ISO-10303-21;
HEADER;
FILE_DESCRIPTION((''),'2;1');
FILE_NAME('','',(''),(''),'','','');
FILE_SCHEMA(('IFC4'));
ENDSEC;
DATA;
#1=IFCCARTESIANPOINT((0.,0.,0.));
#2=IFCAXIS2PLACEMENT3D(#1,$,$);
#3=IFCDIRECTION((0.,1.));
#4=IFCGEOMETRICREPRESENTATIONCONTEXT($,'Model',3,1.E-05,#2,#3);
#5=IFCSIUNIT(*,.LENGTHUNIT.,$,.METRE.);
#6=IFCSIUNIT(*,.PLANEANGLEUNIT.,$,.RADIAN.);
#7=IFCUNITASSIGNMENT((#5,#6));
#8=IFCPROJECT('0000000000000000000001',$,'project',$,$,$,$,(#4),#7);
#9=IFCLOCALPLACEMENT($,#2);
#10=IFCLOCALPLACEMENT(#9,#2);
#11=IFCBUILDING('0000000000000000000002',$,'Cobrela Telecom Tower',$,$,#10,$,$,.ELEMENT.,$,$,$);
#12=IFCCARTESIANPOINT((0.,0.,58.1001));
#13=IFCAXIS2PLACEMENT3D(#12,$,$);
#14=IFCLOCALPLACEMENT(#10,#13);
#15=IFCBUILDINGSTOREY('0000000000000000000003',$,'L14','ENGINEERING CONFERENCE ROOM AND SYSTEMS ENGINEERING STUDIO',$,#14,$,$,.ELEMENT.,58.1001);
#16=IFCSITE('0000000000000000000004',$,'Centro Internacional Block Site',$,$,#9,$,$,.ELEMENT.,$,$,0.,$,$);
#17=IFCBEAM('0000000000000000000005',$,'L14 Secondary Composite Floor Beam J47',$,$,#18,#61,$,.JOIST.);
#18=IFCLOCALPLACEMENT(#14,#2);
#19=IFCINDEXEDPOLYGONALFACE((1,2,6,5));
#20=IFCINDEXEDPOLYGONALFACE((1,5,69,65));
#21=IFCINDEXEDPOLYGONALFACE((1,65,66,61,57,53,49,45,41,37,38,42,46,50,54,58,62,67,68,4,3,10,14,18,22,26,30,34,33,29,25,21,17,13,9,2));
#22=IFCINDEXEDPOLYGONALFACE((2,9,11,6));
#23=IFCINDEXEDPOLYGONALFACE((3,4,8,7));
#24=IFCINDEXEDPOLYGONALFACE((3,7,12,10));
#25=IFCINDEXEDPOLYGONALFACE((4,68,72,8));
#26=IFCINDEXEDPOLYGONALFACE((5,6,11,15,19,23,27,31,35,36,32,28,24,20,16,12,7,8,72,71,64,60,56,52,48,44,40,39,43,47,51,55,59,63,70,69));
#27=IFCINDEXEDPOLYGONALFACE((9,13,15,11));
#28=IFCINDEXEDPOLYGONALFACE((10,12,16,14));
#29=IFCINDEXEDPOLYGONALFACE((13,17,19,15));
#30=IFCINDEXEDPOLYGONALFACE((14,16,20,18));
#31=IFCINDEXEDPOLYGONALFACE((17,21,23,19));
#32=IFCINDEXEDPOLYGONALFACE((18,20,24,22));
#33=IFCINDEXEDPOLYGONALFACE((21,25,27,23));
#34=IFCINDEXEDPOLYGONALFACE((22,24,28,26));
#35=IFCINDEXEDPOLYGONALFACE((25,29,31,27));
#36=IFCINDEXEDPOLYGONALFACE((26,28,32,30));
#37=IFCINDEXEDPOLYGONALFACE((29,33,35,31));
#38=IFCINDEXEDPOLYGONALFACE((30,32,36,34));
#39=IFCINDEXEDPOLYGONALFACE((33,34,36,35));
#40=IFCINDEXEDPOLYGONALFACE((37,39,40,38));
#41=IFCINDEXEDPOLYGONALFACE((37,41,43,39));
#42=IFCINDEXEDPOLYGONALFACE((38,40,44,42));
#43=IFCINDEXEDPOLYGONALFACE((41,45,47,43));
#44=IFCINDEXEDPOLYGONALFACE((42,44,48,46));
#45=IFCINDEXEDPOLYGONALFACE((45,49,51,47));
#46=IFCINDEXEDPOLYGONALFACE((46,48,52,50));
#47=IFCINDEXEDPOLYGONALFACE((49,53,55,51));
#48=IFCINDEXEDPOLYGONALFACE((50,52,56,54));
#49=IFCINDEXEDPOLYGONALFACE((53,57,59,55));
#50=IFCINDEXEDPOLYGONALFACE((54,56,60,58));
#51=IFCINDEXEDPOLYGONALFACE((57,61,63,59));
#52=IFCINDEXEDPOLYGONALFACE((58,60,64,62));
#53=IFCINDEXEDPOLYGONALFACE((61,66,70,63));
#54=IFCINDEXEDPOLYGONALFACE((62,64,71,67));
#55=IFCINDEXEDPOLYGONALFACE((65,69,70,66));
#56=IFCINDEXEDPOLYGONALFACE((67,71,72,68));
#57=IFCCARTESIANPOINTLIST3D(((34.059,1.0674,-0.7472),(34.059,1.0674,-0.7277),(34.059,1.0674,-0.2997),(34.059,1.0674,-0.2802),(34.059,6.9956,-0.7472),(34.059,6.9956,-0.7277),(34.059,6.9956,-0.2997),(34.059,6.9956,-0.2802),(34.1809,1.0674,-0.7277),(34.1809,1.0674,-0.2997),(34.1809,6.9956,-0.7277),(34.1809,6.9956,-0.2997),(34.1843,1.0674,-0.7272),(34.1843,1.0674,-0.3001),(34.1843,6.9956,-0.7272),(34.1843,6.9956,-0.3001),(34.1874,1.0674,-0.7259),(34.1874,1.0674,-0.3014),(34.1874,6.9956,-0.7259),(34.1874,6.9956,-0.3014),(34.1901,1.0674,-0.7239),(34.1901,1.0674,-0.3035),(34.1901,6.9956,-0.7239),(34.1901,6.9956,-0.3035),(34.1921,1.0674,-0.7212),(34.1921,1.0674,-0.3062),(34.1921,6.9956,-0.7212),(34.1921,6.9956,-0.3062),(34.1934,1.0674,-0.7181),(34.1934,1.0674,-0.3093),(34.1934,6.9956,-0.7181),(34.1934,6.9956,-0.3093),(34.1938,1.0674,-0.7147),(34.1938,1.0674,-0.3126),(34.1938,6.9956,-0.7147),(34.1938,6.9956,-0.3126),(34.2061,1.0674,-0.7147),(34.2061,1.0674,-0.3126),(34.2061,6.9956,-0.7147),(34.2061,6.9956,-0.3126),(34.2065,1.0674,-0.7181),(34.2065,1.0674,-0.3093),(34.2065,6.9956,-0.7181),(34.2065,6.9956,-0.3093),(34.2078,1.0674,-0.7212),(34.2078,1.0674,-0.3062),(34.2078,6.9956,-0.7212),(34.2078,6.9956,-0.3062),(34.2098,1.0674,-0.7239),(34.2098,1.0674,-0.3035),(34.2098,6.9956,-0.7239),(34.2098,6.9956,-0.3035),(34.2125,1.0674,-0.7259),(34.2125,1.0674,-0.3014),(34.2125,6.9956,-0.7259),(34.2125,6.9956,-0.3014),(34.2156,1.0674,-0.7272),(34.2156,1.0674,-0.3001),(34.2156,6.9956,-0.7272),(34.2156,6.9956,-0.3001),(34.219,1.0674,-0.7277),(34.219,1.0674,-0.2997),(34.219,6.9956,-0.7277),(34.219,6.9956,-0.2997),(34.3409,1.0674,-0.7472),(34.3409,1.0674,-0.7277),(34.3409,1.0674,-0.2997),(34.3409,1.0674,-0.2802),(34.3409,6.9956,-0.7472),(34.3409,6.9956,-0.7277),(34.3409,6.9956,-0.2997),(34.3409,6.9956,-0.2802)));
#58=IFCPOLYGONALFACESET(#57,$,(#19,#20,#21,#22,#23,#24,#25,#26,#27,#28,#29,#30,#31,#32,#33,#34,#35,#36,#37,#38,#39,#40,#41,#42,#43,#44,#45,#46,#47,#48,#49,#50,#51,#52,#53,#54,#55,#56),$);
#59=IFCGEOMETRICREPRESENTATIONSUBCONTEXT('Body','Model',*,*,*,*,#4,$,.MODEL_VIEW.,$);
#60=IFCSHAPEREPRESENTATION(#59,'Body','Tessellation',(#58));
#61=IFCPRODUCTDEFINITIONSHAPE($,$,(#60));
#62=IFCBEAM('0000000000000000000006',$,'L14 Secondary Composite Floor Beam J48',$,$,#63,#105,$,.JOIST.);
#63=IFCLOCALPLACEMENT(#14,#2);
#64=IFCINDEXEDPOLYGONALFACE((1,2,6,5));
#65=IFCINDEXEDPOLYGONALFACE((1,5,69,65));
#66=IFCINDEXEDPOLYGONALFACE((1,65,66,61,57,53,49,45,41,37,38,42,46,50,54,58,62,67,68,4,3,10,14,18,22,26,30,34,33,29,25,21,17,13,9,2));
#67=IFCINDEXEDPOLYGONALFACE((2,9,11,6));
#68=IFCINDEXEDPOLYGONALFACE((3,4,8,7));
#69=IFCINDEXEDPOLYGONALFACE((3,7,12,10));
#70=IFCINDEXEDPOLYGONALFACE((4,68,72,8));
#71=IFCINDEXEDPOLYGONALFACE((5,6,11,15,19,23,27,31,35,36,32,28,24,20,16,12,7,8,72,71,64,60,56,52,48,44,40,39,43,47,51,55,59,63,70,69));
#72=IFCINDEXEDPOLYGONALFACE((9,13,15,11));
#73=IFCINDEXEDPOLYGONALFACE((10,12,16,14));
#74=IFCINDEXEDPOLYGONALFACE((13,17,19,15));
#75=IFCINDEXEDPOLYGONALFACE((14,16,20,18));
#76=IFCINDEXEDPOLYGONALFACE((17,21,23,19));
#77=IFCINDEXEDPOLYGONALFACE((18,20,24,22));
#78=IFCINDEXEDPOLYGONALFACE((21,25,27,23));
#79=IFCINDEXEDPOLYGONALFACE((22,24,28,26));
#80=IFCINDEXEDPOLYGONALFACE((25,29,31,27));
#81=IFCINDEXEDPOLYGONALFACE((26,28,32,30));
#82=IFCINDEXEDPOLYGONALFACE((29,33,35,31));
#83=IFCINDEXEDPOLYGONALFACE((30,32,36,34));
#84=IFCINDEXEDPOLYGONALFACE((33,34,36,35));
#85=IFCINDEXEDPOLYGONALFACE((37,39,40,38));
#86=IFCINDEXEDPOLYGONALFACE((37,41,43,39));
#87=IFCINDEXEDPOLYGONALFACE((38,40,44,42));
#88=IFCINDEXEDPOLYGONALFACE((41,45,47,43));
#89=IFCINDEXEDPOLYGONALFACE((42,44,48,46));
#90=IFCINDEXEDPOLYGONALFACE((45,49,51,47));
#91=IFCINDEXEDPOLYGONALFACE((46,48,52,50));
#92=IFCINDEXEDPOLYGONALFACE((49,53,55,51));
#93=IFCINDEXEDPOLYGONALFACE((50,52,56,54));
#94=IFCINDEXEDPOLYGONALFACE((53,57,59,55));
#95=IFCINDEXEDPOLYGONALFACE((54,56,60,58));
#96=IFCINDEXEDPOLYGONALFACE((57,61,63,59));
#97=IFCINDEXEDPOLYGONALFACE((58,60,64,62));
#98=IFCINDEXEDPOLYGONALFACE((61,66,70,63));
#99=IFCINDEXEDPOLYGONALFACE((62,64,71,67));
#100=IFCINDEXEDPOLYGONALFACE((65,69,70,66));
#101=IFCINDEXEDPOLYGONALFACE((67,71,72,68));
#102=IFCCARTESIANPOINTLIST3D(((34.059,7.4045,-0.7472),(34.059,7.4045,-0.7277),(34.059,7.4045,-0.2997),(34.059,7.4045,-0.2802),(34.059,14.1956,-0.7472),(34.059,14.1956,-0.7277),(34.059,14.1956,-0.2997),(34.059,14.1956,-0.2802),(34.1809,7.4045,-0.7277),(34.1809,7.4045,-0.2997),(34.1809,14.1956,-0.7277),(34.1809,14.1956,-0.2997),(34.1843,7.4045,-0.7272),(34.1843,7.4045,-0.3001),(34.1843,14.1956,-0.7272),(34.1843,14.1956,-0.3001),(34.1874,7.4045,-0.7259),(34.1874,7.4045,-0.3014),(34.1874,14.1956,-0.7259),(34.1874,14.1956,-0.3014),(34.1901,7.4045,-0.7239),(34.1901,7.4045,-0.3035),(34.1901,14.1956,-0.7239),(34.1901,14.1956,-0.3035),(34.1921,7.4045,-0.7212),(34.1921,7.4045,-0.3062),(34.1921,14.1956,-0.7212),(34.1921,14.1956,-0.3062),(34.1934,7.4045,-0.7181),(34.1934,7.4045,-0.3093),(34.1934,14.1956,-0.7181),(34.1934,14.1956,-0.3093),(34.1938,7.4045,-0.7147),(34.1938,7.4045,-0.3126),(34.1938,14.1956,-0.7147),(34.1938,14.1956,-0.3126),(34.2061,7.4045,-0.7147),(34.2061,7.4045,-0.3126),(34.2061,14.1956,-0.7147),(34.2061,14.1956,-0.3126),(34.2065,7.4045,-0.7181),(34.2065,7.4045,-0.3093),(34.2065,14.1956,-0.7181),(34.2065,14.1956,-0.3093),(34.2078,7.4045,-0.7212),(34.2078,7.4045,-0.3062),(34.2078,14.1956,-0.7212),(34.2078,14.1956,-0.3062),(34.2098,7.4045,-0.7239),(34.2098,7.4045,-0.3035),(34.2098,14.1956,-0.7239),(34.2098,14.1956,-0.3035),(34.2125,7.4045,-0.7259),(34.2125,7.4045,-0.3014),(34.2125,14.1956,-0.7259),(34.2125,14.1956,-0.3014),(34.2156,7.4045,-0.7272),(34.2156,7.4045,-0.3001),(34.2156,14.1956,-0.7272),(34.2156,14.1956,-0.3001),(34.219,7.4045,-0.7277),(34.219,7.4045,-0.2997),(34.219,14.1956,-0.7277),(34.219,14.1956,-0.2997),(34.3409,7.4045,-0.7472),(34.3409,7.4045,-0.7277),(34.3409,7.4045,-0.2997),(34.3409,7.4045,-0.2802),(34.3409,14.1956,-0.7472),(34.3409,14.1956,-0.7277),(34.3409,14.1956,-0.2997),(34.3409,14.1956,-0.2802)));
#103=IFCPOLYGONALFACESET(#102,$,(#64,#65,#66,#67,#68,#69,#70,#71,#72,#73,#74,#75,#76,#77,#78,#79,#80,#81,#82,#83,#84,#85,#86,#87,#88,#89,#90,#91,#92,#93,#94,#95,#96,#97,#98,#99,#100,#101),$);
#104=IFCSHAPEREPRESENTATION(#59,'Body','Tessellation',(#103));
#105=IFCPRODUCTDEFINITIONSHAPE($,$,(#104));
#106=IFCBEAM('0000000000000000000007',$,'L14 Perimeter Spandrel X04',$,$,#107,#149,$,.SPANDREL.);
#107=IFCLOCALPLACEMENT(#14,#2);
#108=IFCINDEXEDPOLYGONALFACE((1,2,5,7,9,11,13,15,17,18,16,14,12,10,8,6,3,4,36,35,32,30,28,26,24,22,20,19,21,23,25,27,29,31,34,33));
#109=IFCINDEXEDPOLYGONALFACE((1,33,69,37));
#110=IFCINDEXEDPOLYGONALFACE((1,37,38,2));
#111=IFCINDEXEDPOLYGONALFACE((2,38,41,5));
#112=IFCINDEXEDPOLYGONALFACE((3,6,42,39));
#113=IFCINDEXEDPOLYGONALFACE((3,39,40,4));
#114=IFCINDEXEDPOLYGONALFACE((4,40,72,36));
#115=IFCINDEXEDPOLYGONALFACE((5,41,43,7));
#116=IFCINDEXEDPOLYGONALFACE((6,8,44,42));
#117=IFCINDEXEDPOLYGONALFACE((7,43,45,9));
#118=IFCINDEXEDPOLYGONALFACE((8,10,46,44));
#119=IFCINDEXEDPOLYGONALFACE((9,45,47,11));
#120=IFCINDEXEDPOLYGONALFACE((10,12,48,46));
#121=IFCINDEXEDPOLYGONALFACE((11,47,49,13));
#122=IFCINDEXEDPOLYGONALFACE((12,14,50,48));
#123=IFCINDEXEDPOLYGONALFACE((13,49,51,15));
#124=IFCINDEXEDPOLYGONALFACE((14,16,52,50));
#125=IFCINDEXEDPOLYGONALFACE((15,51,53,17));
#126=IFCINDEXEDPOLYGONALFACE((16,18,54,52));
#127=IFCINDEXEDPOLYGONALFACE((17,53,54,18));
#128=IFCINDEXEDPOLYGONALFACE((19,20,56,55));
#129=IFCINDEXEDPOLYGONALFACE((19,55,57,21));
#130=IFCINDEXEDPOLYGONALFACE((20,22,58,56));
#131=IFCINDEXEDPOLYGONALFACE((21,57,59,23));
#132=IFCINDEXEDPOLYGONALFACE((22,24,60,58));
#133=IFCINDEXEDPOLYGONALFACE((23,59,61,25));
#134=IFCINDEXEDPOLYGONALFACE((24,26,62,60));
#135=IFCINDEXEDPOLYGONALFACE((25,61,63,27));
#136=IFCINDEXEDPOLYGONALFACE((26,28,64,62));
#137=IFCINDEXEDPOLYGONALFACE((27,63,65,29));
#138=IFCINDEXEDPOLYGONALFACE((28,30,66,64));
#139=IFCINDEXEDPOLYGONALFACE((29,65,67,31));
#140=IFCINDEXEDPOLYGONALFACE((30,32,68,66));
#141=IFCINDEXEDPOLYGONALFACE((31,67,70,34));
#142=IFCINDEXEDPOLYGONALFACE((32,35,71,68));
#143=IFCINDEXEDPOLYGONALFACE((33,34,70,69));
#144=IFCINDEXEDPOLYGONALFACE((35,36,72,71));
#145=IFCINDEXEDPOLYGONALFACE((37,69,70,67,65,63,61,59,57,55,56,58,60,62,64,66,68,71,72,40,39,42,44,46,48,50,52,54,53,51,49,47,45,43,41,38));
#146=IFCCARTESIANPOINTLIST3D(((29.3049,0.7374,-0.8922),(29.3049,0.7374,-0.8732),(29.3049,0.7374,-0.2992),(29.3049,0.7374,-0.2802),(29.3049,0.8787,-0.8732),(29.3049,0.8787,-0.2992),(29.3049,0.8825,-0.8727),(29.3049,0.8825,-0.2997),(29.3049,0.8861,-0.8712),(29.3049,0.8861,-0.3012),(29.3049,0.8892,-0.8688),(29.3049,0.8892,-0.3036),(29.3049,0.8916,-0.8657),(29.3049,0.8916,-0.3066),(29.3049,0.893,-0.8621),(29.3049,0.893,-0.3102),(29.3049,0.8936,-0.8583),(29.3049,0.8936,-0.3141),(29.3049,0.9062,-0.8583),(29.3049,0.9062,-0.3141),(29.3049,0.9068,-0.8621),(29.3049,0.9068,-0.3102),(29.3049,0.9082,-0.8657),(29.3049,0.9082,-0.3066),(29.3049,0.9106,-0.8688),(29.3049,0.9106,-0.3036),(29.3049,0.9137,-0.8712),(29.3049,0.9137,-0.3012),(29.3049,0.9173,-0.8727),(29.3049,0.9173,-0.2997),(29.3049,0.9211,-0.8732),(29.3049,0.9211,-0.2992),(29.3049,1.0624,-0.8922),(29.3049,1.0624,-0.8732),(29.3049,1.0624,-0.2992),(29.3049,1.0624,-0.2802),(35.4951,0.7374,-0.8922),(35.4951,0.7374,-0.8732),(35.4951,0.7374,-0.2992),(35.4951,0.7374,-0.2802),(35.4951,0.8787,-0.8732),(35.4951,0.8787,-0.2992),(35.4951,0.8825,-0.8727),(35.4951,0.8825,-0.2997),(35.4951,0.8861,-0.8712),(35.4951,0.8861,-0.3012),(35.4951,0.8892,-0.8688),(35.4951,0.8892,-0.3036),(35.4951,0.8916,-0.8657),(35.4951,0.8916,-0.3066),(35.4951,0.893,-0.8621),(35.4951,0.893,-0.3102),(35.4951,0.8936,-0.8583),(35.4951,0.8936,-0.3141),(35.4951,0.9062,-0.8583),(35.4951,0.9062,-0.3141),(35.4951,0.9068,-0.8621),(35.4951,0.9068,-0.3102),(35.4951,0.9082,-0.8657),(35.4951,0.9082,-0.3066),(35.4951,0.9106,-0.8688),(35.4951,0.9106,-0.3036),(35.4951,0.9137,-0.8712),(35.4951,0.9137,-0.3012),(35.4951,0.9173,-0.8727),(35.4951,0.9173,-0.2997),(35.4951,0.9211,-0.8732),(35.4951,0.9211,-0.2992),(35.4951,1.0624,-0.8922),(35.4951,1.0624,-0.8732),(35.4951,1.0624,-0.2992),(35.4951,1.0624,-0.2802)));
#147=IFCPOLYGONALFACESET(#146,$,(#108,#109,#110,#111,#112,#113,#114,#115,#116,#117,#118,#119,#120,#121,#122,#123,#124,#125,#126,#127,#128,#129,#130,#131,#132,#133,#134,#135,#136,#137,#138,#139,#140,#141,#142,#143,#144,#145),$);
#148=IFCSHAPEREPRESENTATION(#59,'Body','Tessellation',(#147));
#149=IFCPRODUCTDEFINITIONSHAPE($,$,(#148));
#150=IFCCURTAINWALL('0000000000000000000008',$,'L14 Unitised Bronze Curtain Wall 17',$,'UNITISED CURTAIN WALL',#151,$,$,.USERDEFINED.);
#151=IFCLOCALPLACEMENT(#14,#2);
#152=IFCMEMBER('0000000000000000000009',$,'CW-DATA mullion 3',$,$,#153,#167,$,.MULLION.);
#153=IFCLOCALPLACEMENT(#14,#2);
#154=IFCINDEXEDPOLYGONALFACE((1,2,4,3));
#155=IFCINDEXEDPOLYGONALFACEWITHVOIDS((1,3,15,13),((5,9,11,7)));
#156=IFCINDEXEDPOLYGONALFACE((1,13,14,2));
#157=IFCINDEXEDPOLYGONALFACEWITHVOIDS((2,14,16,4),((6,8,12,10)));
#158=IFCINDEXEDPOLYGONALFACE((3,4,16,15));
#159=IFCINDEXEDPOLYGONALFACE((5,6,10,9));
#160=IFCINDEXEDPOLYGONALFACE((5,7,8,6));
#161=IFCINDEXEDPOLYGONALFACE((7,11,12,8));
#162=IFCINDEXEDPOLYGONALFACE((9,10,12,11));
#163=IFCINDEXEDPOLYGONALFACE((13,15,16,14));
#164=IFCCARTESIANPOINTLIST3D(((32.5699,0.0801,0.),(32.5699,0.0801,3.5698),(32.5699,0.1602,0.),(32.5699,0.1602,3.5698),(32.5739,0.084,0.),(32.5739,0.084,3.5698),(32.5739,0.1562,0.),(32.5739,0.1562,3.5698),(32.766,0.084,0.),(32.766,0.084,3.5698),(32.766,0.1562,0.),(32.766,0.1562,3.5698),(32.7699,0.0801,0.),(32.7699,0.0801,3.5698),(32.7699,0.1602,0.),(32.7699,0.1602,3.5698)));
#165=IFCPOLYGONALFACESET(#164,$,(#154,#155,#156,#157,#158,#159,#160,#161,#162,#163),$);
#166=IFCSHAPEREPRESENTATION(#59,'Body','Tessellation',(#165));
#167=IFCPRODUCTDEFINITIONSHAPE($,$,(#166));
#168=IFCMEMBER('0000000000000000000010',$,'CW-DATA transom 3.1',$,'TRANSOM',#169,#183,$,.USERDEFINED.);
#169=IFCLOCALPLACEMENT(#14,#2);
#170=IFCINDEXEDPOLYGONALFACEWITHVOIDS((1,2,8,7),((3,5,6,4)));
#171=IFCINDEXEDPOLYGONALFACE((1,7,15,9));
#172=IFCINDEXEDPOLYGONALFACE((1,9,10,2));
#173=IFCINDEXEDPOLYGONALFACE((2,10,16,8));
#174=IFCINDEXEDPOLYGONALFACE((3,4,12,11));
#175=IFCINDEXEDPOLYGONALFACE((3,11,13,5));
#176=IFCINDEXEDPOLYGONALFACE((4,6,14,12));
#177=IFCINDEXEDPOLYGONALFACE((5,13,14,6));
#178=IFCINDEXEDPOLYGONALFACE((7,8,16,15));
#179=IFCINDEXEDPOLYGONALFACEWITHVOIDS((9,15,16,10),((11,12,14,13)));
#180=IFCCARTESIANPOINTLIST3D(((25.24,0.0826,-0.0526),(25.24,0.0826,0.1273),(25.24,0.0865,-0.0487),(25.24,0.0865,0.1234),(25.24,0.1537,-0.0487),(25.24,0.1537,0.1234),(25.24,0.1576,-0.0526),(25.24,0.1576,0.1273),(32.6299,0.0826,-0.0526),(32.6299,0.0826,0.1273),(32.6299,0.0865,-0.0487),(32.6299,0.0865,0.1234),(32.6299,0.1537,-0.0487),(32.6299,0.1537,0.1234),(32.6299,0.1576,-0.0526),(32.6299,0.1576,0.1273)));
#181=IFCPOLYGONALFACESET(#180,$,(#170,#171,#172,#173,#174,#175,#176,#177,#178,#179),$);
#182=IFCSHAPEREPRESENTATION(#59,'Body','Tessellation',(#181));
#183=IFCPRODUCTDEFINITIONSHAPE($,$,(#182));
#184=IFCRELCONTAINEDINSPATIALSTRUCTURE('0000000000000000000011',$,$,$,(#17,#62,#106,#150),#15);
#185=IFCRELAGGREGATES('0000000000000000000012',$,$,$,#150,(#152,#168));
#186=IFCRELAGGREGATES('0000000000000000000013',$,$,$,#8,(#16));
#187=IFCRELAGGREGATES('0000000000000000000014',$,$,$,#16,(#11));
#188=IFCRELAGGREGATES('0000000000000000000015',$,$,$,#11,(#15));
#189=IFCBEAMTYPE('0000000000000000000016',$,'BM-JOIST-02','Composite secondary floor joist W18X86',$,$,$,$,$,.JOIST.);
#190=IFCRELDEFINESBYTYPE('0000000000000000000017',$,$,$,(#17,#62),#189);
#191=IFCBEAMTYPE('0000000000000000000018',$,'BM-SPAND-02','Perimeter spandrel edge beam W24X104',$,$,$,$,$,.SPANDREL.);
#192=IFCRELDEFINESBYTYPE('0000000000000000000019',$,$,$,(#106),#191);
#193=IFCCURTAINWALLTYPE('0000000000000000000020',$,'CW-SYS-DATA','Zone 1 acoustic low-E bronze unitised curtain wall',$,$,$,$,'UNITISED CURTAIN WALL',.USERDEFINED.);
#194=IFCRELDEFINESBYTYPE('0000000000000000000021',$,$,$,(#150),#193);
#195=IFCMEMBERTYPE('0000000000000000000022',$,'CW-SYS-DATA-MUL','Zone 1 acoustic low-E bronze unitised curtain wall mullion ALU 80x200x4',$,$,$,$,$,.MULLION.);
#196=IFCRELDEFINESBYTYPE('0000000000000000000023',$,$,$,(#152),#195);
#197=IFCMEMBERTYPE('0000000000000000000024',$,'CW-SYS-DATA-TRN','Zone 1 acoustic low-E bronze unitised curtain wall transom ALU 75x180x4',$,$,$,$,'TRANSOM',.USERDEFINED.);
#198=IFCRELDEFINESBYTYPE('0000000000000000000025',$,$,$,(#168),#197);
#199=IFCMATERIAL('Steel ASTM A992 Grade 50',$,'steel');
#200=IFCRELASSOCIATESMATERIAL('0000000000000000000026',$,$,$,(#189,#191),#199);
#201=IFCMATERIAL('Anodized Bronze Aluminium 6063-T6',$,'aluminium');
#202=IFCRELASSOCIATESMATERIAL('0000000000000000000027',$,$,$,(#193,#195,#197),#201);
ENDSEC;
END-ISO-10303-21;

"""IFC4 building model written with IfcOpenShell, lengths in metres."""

from ifc_helpers import new_model, si_unit, direction, frame, origin, origin_2d, place, context, subcontext, project, spatial, hollow_rectangle, i_section, extrude, material, material_profile, profile_set, type_object, element, aggregate, save


model = new_model("IFC4")

# Units and contexts
model_context = context("Model", 3, precision=1e-05, world=origin(), true_north=direction((0.0, 1.0)))
body_context = subcontext(model_context, "Body", "Model", "MODEL_VIEW")
ifc_project = project(units=[si_unit("LENGTHUNIT", "METRE"), si_unit("PLANEANGLEUNIT", "RADIAN")], contexts=[model_context])

# Site, building, storey
site_placement = place(None, origin())
site = spatial("IfcSite", under=ifc_project, at=site_placement, Name="Centro Internacional Block Site", CompositionType="ELEMENT", RefElevation=0.0)
building_placement = place(site_placement, origin())
building = spatial("IfcBuilding", under=site, at=building_placement, Name="Cobrela Telecom Tower", CompositionType="ELEMENT")
storey_placement = place(building_placement, frame((0.0, 0.0, 58.1001)))
storey = spatial("IfcBuildingStorey", under=building, at=storey_placement, Name="L14", Description="ENGINEERING CONFERENCE ROOM AND SYSTEMS ENGINEERING STUDIO", CompositionType="ELEMENT", Elevation=58.1001)

# Shared definitions
ifc_material_1 = material(Name="Steel ASTM A992 Grade 50", Category="steel")

# Beams
ifc_material_profile_1 = material_profile(ifc_material_1, i_section(OverallWidth=0.282, OverallDepth=0.467, WebThickness=0.0122, FlangeThickness=0.0195, FilletRadius=0.0129, at=origin_2d()), Name="W18X86")
ifc_profile_set_1 = profile_set([ifc_material_profile_1], Name="Steel ASTM A992 Grade 50")
beam_type_1 = type_object("IfcBeamType", Name="BM-JOIST-02", Description="Composite secondary floor joist W18X86", PredefinedType="JOIST", material=ifc_profile_set_1)
beam_1_placement = place(storey_placement, frame((34.2, 1.0674, -0.5137), z_axis=(0.0, 1.0, 0.0), x_axis=(-1.0, 0.0, 0.0)))
element("IfcBeam", 1, at=beam_1_placement, inside=storey, type_object=beam_type_1, Name="L14 Secondary Composite Floor Beam J47", PredefinedType="JOIST", context=body_context, shape_type="SweptSolid", body=[
    extrude(i_section(OverallWidth=0.282, OverallDepth=0.467, WebThickness=0.0122, FlangeThickness=0.0195, FilletRadius=0.0129, at=origin_2d()), origin(), (0.0, 0.0, 1.0), 5.9282),
])
beam_2_placement = place(storey_placement, frame((34.2, 7.4045, -0.5137), z_axis=(0.0, 1.0, 0.0), x_axis=(-1.0, 0.0, 0.0)))
element("IfcBeam", 2, at=beam_2_placement, inside=storey, type_object=beam_type_1, Name="L14 Secondary Composite Floor Beam J48", PredefinedType="JOIST", context=body_context, shape_type="SweptSolid", body=[
    extrude(i_section(OverallWidth=0.282, OverallDepth=0.467, WebThickness=0.0122, FlangeThickness=0.0195, FilletRadius=0.0129, at=origin_2d()), origin(), (0.0, 0.0, 1.0), 6.791),
])
ifc_material_profile_2 = material_profile(ifc_material_1, i_section(OverallWidth=0.325, OverallDepth=0.6121, WebThickness=0.0127, FlangeThickness=0.019, FilletRadius=0.0149, at=origin_2d()), Name="W24X104")
ifc_profile_set_2 = profile_set([ifc_material_profile_2], Name="Steel ASTM A992 Grade 50")
beam_type_2 = type_object("IfcBeamType", Name="BM-SPAND-02", Description="Perimeter spandrel edge beam W24X104", PredefinedType="SPANDREL", material=ifc_profile_set_2)
beam_3_placement = place(storey_placement, frame((29.3049, 0.8999, -0.5862), z_axis=(1.0, 0.0, 0.0), x_axis=(0.0, 1.0, 0.0)))
element("IfcBeam", 3, at=beam_3_placement, inside=storey, type_object=beam_type_2, Name="L14 Perimeter Spandrel X04", PredefinedType="SPANDREL", context=body_context, shape_type="SweptSolid", body=[
    extrude(i_section(OverallWidth=0.325, OverallDepth=0.6121, WebThickness=0.0127, FlangeThickness=0.019, FilletRadius=0.0149, at=origin_2d()), origin(), (0.0, 0.0, 1.0), 6.1902),
])

# Curtain wall, members
ifc_material_2 = material(Name="Anodized Bronze Aluminium 6063-T6", Category="aluminium")
curtain_wall_type = type_object("IfcCurtainWallType", Name="CW-SYS-DATA", Description="Zone 1 acoustic low-E bronze unitised curtain wall", ElementType="UNITISED CURTAIN WALL", PredefinedType="USERDEFINED", material=ifc_material_2)
curtain_wall_placement = place(storey_placement, origin())
curtain_wall = element("IfcCurtainWall", 4, at=curtain_wall_placement, inside=storey, type_object=curtain_wall_type, Name="L14 Unitised Bronze Curtain Wall 17", ObjectType="UNITISED CURTAIN WALL", PredefinedType="USERDEFINED")
ifc_material_profile_3 = material_profile(ifc_material_2, hollow_rectangle(XDim=0.0801, YDim=0.2, WallThickness=0.0039, at=origin_2d()), Name="ALU 80x200x4")
ifc_profile_set_3 = profile_set([ifc_material_profile_3], Name="Anodized Bronze Aluminium 6063-T6")
member_type_1 = type_object("IfcMemberType", Name="CW-SYS-DATA-MUL", Description="Zone 1 acoustic low-E bronze unitised curtain wall mullion ALU 80x200x4", PredefinedType="MULLION", material=ifc_profile_set_3)
member_1_placement = place(storey_placement, frame((32.6699, 0.1201, 0.0), z_axis=(0.0, 0.0, 1.0), x_axis=(0.0, -1.0, 0.0)))
member_1 = element("IfcMember", 5, at=member_1_placement, type_object=member_type_1, Name="CW-DATA mullion 3", PredefinedType="MULLION", context=body_context, shape_type="SweptSolid", body=[
    extrude(hollow_rectangle(XDim=0.0801, YDim=0.2, WallThickness=0.0039, at=origin_2d()), origin(), (0.0, 0.0, 1.0), 3.5698),
])
ifc_material_profile_4 = material_profile(ifc_material_2, hollow_rectangle(XDim=0.075, YDim=0.1799, WallThickness=0.0039, at=origin_2d()), Name="ALU 75x180x4")
ifc_profile_set_4 = profile_set([ifc_material_profile_4], Name="Anodized Bronze Aluminium 6063-T6")
member_type_2 = type_object("IfcMemberType", Name="CW-SYS-DATA-TRN", Description="Zone 1 acoustic low-E bronze unitised curtain wall transom ALU 75x180x4", ElementType="TRANSOM", PredefinedType="USERDEFINED", material=ifc_profile_set_4)
member_2_placement = place(storey_placement, frame((32.6299, 0.1201, 0.0374), z_axis=(-1.0, 0.0, 0.0), x_axis=(0.0, -1.0, 0.0)))
member_2 = element("IfcMember", 6, at=member_2_placement, type_object=member_type_2, Name="CW-DATA transom 3.1", ObjectType="TRANSOM", PredefinedType="USERDEFINED", context=body_context, shape_type="SweptSolid", body=[
    extrude(hollow_rectangle(XDim=0.075, YDim=0.1799, WallThickness=0.0039, at=origin_2d()), origin(), (0.0, 0.0, 1.0), 7.3899),
])
aggregate(curtain_wall, [member_1, member_2])

save(model, "model.ifc")
